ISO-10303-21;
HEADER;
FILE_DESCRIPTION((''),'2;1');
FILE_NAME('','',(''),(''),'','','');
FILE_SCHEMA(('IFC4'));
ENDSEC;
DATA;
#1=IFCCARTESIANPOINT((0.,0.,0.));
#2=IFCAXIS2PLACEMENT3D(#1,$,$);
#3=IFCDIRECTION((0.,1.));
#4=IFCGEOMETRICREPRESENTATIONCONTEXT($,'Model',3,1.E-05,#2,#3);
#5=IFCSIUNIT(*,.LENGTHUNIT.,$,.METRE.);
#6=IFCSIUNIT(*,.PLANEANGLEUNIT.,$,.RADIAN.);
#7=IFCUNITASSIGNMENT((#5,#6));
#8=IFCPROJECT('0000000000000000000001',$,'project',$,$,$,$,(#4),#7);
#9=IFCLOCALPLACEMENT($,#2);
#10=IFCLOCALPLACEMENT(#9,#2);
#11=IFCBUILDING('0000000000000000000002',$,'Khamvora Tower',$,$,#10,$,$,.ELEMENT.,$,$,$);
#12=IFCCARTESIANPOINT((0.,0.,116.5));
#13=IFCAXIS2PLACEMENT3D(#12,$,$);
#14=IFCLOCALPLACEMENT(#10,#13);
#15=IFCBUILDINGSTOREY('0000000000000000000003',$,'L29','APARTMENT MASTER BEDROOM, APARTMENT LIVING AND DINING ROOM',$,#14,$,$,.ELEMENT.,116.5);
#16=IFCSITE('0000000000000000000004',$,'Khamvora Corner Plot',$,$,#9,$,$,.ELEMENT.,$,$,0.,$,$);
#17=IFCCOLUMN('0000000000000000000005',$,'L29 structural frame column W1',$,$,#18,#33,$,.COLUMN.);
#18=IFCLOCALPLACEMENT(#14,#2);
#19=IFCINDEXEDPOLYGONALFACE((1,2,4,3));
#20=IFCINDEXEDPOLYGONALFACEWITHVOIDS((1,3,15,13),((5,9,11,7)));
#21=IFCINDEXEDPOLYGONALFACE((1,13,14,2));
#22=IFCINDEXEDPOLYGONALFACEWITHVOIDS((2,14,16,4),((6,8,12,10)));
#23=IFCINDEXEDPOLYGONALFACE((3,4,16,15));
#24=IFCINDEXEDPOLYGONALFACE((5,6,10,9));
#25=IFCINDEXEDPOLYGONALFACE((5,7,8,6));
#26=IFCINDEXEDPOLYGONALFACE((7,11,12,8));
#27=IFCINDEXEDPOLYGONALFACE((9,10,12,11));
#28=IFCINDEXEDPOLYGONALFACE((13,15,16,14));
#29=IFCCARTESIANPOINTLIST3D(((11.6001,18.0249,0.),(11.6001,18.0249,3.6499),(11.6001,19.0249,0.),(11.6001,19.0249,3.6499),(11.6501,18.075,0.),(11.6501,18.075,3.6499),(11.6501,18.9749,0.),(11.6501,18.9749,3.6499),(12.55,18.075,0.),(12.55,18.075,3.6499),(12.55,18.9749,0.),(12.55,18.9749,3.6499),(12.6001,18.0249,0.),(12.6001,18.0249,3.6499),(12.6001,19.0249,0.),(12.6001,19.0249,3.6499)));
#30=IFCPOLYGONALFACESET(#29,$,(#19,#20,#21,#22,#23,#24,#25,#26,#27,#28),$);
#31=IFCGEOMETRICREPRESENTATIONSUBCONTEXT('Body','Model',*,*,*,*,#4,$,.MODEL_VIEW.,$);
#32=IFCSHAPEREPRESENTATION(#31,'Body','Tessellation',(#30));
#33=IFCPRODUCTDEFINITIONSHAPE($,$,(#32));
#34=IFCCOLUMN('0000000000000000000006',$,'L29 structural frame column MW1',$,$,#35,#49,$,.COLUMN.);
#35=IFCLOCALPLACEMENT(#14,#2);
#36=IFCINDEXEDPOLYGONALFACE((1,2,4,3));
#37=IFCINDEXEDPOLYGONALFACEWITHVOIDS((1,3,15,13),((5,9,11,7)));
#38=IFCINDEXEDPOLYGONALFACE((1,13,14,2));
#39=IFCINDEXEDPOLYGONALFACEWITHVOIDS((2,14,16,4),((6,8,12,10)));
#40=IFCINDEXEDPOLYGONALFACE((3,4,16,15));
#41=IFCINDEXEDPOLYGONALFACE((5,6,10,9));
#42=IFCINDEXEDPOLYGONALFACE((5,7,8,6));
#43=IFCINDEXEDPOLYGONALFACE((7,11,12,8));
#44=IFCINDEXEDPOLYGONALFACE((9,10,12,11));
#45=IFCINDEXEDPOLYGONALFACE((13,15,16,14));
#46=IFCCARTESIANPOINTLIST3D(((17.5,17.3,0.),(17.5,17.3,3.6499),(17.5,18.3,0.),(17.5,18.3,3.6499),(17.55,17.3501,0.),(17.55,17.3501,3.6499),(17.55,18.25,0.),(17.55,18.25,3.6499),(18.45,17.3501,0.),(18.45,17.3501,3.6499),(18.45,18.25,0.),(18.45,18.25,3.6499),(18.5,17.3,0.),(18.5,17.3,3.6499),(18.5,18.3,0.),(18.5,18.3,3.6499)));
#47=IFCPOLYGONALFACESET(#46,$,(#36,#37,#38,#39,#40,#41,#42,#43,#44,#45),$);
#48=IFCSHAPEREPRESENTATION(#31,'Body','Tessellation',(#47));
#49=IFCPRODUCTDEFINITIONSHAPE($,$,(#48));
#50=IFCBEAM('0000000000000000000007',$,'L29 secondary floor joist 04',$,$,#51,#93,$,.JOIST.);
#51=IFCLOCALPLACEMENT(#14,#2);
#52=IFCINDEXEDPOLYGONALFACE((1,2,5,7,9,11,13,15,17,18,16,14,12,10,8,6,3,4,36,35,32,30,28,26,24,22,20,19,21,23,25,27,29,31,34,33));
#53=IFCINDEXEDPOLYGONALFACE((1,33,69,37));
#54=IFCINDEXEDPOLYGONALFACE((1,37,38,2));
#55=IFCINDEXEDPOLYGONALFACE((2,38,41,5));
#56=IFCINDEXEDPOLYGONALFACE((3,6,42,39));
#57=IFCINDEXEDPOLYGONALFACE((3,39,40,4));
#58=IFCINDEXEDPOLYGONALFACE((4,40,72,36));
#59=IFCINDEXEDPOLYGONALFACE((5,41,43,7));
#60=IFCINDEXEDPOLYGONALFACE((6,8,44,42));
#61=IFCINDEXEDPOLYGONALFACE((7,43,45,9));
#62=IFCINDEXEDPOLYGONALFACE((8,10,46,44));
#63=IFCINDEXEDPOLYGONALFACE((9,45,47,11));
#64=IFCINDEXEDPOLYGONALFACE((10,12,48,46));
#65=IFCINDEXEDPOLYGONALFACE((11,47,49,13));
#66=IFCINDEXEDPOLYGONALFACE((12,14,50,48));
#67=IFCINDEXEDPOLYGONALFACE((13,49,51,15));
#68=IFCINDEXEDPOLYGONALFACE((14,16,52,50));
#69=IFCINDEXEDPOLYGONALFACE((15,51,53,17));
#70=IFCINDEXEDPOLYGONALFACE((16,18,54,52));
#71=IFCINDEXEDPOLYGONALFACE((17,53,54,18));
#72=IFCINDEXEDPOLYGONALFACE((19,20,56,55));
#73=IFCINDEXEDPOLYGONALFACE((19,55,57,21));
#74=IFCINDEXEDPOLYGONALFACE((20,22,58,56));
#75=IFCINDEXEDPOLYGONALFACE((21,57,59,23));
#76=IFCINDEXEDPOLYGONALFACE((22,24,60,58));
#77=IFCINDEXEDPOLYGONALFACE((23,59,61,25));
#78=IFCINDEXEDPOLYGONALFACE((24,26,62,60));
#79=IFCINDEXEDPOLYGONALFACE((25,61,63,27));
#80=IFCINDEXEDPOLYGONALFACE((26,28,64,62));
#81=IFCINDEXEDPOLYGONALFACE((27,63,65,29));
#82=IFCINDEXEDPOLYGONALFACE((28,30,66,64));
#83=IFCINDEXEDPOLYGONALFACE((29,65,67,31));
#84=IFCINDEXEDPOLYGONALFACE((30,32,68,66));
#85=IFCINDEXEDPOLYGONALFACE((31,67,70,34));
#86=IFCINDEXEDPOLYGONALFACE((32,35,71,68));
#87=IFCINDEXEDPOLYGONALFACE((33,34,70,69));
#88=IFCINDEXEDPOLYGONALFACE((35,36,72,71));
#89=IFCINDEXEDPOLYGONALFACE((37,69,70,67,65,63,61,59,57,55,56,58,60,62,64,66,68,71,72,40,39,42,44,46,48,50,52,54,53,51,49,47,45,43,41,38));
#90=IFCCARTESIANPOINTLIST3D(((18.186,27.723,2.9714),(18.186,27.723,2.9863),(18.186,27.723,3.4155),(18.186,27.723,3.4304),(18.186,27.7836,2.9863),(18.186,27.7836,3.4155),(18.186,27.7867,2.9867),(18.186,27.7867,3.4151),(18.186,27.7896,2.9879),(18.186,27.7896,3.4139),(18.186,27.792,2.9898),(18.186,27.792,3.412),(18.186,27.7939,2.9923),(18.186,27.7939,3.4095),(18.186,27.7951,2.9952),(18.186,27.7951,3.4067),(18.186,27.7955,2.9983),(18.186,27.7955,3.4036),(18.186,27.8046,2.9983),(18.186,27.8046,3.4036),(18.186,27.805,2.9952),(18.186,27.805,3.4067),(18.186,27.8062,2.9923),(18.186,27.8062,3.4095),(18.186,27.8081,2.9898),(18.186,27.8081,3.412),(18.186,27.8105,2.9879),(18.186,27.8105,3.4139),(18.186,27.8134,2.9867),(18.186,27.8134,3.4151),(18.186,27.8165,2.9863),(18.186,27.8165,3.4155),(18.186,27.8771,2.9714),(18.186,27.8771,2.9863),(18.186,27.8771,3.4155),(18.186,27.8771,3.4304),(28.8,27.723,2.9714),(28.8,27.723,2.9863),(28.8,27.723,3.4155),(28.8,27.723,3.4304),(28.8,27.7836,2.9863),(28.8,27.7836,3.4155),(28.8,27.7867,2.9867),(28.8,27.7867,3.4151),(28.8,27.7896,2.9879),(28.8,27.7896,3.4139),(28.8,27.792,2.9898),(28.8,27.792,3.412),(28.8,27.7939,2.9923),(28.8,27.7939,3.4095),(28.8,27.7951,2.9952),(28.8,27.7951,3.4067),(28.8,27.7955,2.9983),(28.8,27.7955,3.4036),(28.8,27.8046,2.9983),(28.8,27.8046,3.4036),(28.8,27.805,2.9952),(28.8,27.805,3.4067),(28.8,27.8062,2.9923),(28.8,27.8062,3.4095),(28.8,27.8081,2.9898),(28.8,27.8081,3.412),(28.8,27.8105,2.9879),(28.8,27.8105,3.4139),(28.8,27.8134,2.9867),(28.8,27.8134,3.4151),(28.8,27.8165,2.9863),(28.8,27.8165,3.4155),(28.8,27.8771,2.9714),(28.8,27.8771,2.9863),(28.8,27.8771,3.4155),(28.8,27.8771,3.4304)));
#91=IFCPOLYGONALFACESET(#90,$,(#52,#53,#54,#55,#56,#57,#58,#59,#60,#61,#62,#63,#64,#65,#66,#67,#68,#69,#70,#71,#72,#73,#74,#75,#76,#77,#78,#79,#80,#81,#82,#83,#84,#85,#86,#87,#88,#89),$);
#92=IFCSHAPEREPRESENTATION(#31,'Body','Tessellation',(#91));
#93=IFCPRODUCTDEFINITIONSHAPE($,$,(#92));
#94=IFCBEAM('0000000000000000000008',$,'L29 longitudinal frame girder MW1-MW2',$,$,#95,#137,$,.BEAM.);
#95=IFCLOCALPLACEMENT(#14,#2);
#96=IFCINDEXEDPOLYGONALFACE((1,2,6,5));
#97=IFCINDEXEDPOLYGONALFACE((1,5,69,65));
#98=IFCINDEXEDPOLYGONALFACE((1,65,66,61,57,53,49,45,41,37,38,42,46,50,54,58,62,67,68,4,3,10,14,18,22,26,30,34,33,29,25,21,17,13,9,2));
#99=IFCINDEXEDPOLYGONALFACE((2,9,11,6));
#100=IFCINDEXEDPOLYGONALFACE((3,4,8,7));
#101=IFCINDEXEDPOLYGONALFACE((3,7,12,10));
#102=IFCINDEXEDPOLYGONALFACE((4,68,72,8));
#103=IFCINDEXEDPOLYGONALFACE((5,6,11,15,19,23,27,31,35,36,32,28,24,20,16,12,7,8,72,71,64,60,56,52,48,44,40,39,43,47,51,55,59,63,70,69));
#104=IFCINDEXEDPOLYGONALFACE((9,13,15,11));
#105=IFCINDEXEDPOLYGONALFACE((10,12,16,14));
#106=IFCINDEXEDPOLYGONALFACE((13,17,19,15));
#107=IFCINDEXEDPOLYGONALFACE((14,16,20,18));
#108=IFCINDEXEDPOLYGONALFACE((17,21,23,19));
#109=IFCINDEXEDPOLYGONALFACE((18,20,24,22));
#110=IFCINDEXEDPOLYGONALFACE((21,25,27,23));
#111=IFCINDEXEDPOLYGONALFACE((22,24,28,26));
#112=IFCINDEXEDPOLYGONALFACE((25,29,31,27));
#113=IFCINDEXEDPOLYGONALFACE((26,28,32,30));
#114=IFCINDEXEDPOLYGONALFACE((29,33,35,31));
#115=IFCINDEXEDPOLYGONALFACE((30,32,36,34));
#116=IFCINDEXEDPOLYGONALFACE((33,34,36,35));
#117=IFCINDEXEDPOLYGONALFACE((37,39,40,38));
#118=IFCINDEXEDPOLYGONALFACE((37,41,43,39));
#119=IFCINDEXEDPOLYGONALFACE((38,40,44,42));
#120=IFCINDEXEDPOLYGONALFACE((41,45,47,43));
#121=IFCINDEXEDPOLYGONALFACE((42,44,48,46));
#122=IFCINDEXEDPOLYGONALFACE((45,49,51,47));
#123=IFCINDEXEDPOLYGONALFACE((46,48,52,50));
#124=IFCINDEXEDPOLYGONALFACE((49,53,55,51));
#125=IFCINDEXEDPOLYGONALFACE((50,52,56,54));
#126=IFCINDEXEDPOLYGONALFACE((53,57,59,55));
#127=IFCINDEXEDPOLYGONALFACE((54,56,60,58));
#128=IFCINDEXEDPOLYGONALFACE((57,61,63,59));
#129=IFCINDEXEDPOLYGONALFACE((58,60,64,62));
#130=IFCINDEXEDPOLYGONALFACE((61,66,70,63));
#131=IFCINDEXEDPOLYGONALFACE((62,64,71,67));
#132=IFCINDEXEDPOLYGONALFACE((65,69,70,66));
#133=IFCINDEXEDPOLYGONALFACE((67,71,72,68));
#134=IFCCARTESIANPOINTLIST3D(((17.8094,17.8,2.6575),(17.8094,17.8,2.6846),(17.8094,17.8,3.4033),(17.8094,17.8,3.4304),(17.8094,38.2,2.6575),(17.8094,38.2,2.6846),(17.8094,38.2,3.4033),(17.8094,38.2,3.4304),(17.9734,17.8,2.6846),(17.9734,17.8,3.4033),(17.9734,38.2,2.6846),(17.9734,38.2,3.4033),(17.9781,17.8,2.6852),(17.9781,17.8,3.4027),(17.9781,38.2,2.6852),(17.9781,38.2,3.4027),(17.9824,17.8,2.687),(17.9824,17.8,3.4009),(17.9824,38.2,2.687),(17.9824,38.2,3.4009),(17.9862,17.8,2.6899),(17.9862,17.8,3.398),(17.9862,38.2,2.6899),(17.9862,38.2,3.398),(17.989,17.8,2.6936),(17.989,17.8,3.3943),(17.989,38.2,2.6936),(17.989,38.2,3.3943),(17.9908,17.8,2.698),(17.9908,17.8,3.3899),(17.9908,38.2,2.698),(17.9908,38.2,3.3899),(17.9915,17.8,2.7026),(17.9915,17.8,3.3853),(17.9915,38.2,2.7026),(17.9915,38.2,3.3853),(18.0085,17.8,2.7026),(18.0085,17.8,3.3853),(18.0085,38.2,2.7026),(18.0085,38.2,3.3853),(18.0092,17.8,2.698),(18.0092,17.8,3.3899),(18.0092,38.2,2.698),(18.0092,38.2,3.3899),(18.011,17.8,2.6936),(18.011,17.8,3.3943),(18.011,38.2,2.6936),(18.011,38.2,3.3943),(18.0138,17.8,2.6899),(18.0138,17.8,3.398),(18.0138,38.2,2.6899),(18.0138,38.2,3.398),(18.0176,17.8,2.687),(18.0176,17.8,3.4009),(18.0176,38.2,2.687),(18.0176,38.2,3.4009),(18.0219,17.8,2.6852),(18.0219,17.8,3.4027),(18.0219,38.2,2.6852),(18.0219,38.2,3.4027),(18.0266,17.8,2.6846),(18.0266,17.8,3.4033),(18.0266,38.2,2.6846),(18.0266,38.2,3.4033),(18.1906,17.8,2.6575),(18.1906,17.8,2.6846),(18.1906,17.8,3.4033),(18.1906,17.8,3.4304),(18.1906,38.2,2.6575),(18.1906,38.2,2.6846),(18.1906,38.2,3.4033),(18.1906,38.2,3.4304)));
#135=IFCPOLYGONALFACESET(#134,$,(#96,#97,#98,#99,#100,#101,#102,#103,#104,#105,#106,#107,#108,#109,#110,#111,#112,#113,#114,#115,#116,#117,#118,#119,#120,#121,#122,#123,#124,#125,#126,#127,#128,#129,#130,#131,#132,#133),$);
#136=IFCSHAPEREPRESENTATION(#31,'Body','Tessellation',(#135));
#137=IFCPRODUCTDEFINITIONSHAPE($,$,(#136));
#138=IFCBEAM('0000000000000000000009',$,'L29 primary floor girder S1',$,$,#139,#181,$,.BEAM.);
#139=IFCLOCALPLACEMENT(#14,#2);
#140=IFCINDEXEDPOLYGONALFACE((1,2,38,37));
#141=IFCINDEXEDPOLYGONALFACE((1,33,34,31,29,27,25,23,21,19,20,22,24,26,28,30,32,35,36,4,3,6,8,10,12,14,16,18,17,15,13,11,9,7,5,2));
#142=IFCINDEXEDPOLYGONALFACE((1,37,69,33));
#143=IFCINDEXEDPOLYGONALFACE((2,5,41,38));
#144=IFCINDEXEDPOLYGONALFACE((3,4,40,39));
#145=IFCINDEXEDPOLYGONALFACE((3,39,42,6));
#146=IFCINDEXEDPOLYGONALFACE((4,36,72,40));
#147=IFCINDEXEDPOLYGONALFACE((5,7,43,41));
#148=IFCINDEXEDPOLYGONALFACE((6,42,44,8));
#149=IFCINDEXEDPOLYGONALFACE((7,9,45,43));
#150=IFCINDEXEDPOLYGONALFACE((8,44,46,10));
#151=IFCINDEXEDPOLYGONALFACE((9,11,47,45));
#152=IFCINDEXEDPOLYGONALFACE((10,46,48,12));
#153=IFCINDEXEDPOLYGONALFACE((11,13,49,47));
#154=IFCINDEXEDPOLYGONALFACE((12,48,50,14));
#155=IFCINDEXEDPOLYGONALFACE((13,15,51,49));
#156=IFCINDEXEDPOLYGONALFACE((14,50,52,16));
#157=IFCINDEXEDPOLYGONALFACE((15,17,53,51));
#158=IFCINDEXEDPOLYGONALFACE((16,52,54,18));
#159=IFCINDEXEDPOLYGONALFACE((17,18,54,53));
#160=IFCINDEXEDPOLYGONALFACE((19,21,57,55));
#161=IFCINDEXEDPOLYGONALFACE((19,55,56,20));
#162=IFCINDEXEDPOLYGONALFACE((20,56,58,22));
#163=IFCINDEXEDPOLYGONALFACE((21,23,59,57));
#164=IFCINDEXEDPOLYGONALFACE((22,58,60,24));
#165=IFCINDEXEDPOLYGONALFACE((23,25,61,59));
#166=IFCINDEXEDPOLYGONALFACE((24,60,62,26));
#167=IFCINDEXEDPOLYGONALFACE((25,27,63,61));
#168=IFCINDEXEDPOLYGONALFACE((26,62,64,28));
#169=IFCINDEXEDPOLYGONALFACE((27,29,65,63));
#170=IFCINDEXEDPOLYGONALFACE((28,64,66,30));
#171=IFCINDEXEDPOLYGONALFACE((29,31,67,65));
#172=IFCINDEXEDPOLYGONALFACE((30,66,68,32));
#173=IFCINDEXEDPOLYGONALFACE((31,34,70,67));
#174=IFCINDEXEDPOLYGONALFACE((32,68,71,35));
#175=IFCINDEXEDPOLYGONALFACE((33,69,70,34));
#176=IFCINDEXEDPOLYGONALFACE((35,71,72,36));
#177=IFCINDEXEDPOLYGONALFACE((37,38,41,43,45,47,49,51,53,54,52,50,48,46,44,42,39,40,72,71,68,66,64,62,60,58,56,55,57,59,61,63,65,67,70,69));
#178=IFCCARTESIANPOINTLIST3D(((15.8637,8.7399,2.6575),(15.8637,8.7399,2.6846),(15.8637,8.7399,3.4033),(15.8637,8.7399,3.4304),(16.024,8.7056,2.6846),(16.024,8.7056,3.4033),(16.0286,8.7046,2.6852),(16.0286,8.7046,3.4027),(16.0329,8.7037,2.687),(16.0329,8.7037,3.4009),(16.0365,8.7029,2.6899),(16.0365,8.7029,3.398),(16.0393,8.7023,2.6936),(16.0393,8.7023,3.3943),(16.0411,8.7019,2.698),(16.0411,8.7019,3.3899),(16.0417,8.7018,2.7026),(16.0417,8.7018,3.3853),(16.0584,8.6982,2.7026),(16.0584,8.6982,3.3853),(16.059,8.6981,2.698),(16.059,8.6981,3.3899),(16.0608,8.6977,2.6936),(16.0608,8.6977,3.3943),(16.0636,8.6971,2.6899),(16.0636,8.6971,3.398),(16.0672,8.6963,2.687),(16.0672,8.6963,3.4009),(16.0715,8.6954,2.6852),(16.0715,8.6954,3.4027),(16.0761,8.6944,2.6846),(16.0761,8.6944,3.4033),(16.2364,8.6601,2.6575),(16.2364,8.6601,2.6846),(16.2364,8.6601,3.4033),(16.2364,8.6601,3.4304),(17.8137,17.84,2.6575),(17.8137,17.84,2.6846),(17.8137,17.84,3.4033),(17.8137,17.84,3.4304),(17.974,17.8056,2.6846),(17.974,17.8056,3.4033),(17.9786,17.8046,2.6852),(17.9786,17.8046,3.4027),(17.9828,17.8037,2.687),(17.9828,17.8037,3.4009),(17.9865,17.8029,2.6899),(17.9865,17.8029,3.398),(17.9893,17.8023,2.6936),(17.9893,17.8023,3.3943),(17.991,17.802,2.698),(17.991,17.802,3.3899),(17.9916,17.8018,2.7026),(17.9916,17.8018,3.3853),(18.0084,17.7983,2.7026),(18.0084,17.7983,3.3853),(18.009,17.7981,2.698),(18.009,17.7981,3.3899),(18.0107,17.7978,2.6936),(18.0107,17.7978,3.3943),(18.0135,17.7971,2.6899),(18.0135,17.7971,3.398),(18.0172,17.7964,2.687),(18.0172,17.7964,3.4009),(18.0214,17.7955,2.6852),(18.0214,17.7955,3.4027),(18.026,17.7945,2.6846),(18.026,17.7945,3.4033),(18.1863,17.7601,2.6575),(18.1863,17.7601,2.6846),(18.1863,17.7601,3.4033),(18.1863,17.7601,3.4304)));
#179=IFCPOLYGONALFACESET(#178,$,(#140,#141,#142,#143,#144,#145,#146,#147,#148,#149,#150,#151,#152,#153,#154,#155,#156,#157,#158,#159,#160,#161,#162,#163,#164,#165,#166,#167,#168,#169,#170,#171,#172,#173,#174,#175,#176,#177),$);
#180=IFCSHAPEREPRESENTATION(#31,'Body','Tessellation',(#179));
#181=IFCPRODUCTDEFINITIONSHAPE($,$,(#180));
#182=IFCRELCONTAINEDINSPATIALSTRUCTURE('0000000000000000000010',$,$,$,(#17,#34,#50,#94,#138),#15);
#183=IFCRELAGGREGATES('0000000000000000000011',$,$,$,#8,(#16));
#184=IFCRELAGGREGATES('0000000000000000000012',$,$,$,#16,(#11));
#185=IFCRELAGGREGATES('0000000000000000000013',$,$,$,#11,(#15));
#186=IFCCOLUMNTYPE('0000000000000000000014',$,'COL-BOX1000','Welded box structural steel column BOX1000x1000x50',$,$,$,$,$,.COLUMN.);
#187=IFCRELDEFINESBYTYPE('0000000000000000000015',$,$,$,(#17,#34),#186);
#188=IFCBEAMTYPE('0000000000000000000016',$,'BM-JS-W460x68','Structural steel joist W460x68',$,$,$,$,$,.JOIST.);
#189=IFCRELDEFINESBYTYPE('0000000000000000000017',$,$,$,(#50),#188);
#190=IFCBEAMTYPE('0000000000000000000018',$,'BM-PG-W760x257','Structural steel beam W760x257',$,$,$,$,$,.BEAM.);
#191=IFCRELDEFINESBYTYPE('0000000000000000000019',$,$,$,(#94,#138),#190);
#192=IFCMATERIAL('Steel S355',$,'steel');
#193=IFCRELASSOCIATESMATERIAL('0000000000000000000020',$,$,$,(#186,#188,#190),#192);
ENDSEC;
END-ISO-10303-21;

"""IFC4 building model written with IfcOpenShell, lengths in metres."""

from ifc_helpers import new_model, si_unit, direction, frame, origin, origin_2d, place, context, subcontext, project, spatial, hollow_rectangle, i_section, extrude, material, material_profile, profile_set, type_object, element, save


model = new_model("IFC4")

# Units and contexts
model_context = context("Model", 3, precision=1e-05, world=origin(), true_north=direction((0.0, 1.0)))
body_context = subcontext(model_context, "Body", "Model", "MODEL_VIEW")
ifc_project = project(units=[si_unit("LENGTHUNIT", "METRE"), si_unit("PLANEANGLEUNIT", "RADIAN")], contexts=[model_context])

# Site, building, storey
site_placement = place(None, origin())
site = spatial("IfcSite", under=ifc_project, at=site_placement, Name="Khamvora Corner Plot", CompositionType="ELEMENT", RefElevation=0.0)
building_placement = place(site_placement, origin())
building = spatial("IfcBuilding", under=site, at=building_placement, Name="Khamvora Tower", CompositionType="ELEMENT")
storey_placement = place(building_placement, frame((0.0, 0.0, 116.5)))
storey = spatial("IfcBuildingStorey", under=building, at=storey_placement, Name="L29", Description="APARTMENT MASTER BEDROOM, APARTMENT LIVING AND DINING ROOM", CompositionType="ELEMENT", Elevation=116.5)

# Columns
ifc_material_1 = material(Name="Steel S355", Category="steel")
ifc_material_profile_1 = material_profile(ifc_material_1, hollow_rectangle(XDim=1.0, YDim=1.0, WallThickness=0.05, at=origin_2d()), Name="BOX1000x1000x50")
ifc_profile_set_1 = profile_set([ifc_material_profile_1], Name="Steel S355")
column_type = type_object("IfcColumnType", Name="COL-BOX1000", Description="Welded box structural steel column BOX1000x1000x50", PredefinedType="COLUMN", material=ifc_profile_set_1)
for number, where, z_axis, x_axis, name in (
    (1, (12.1001, 18.5249, 0.0), (0.0, 0.0, 1.0), (1.0, 0.0, 0.0), "L29 structural frame column W1"),
    (2, (18.0, 17.8, 0.0), (0.0, 0.0, 1.0), (1.0, 0.0, 0.0), "L29 structural frame column MW1"),
):
    element("IfcColumn", number, at=place(storey_placement, frame(where, z_axis=z_axis, x_axis=x_axis)), inside=storey, type_object=column_type, Name=name, PredefinedType="COLUMN", context=body_context, shape_type="SweptSolid", body=[
        extrude(hollow_rectangle(XDim=1.0, YDim=1.0, WallThickness=0.05, at=origin_2d()), origin(), (0.0, 0.0, 1.0), 3.6499),
    ])

# Beams
ifc_material_profile_2 = material_profile(ifc_material_1, i_section(OverallWidth=0.1541, OverallDepth=0.459, WebThickness=0.009, FlangeThickness=0.0149, FilletRadius=0.012, at=origin_2d()), Name="W460x68")
ifc_profile_set_2 = profile_set([ifc_material_profile_2], Name="Steel S355")
beam_type_1 = type_object("IfcBeamType", Name="BM-JS-W460x68", Description="Structural steel joist W460x68", PredefinedType="JOIST", material=ifc_profile_set_2)
beam_1_placement = place(storey_placement, frame((18.186, 27.8, 3.2009), z_axis=(1.0, 0.0, 0.0), x_axis=(0.0, 1.0, 0.0)))
element("IfcBeam", 3, at=beam_1_placement, inside=storey, type_object=beam_type_1, Name="L29 secondary floor joist 04", PredefinedType="JOIST", context=body_context, shape_type="SweptSolid", body=[
    extrude(i_section(OverallWidth=0.1541, OverallDepth=0.459, WebThickness=0.009, FlangeThickness=0.0149, FilletRadius=0.012, at=origin_2d()), origin(), (0.0, 0.0, 1.0), 10.614),
])
ifc_material_profile_3 = material_profile(ifc_material_1, i_section(OverallWidth=0.3811, OverallDepth=0.7729, WebThickness=0.0171, FlangeThickness=0.0271, FilletRadius=0.0181, at=origin_2d()), Name="W760x257")
ifc_profile_set_3 = profile_set([ifc_material_profile_3], Name="Steel S355")
beam_type_2 = type_object("IfcBeamType", Name="BM-PG-W760x257", Description="Structural steel beam W760x257", PredefinedType="BEAM", material=ifc_profile_set_3)
beam_2_placement = place(storey_placement, frame((18.0, 17.8, 3.0439), z_axis=(0.0, 1.0, 0.0), x_axis=(-1.0, 0.0, 0.0)))
element("IfcBeam", 4, at=beam_2_placement, inside=storey, type_object=beam_type_2, Name="L29 longitudinal frame girder MW1-MW2", PredefinedType="BEAM", context=body_context, shape_type="SweptSolid", body=[
    extrude(i_section(OverallWidth=0.3811, OverallDepth=0.7729, WebThickness=0.0171, FlangeThickness=0.0271, FilletRadius=0.0181, at=origin_2d()), origin(), (0.0, 0.0, 1.0), 20.3999),
])
beam_3_placement = place(storey_placement, frame((18.0, 17.8, 3.0439), z_axis=(-0.209522, -0.977804, 0.0), x_axis=(0.977804, -0.209522, 0.0)))
element("IfcBeam", 5, at=beam_3_placement, inside=storey, type_object=beam_type_2, Name="L29 primary floor girder S1", PredefinedType="BEAM", context=body_context, shape_type="SweptSolid", body=[
    extrude(i_section(OverallWidth=0.3811, OverallDepth=0.7729, WebThickness=0.0171, FlangeThickness=0.0271, FilletRadius=0.0181, at=origin_2d()), origin(), (0.0, 0.0, 1.0), 9.3066),
])

save(model, "model.ifc")
